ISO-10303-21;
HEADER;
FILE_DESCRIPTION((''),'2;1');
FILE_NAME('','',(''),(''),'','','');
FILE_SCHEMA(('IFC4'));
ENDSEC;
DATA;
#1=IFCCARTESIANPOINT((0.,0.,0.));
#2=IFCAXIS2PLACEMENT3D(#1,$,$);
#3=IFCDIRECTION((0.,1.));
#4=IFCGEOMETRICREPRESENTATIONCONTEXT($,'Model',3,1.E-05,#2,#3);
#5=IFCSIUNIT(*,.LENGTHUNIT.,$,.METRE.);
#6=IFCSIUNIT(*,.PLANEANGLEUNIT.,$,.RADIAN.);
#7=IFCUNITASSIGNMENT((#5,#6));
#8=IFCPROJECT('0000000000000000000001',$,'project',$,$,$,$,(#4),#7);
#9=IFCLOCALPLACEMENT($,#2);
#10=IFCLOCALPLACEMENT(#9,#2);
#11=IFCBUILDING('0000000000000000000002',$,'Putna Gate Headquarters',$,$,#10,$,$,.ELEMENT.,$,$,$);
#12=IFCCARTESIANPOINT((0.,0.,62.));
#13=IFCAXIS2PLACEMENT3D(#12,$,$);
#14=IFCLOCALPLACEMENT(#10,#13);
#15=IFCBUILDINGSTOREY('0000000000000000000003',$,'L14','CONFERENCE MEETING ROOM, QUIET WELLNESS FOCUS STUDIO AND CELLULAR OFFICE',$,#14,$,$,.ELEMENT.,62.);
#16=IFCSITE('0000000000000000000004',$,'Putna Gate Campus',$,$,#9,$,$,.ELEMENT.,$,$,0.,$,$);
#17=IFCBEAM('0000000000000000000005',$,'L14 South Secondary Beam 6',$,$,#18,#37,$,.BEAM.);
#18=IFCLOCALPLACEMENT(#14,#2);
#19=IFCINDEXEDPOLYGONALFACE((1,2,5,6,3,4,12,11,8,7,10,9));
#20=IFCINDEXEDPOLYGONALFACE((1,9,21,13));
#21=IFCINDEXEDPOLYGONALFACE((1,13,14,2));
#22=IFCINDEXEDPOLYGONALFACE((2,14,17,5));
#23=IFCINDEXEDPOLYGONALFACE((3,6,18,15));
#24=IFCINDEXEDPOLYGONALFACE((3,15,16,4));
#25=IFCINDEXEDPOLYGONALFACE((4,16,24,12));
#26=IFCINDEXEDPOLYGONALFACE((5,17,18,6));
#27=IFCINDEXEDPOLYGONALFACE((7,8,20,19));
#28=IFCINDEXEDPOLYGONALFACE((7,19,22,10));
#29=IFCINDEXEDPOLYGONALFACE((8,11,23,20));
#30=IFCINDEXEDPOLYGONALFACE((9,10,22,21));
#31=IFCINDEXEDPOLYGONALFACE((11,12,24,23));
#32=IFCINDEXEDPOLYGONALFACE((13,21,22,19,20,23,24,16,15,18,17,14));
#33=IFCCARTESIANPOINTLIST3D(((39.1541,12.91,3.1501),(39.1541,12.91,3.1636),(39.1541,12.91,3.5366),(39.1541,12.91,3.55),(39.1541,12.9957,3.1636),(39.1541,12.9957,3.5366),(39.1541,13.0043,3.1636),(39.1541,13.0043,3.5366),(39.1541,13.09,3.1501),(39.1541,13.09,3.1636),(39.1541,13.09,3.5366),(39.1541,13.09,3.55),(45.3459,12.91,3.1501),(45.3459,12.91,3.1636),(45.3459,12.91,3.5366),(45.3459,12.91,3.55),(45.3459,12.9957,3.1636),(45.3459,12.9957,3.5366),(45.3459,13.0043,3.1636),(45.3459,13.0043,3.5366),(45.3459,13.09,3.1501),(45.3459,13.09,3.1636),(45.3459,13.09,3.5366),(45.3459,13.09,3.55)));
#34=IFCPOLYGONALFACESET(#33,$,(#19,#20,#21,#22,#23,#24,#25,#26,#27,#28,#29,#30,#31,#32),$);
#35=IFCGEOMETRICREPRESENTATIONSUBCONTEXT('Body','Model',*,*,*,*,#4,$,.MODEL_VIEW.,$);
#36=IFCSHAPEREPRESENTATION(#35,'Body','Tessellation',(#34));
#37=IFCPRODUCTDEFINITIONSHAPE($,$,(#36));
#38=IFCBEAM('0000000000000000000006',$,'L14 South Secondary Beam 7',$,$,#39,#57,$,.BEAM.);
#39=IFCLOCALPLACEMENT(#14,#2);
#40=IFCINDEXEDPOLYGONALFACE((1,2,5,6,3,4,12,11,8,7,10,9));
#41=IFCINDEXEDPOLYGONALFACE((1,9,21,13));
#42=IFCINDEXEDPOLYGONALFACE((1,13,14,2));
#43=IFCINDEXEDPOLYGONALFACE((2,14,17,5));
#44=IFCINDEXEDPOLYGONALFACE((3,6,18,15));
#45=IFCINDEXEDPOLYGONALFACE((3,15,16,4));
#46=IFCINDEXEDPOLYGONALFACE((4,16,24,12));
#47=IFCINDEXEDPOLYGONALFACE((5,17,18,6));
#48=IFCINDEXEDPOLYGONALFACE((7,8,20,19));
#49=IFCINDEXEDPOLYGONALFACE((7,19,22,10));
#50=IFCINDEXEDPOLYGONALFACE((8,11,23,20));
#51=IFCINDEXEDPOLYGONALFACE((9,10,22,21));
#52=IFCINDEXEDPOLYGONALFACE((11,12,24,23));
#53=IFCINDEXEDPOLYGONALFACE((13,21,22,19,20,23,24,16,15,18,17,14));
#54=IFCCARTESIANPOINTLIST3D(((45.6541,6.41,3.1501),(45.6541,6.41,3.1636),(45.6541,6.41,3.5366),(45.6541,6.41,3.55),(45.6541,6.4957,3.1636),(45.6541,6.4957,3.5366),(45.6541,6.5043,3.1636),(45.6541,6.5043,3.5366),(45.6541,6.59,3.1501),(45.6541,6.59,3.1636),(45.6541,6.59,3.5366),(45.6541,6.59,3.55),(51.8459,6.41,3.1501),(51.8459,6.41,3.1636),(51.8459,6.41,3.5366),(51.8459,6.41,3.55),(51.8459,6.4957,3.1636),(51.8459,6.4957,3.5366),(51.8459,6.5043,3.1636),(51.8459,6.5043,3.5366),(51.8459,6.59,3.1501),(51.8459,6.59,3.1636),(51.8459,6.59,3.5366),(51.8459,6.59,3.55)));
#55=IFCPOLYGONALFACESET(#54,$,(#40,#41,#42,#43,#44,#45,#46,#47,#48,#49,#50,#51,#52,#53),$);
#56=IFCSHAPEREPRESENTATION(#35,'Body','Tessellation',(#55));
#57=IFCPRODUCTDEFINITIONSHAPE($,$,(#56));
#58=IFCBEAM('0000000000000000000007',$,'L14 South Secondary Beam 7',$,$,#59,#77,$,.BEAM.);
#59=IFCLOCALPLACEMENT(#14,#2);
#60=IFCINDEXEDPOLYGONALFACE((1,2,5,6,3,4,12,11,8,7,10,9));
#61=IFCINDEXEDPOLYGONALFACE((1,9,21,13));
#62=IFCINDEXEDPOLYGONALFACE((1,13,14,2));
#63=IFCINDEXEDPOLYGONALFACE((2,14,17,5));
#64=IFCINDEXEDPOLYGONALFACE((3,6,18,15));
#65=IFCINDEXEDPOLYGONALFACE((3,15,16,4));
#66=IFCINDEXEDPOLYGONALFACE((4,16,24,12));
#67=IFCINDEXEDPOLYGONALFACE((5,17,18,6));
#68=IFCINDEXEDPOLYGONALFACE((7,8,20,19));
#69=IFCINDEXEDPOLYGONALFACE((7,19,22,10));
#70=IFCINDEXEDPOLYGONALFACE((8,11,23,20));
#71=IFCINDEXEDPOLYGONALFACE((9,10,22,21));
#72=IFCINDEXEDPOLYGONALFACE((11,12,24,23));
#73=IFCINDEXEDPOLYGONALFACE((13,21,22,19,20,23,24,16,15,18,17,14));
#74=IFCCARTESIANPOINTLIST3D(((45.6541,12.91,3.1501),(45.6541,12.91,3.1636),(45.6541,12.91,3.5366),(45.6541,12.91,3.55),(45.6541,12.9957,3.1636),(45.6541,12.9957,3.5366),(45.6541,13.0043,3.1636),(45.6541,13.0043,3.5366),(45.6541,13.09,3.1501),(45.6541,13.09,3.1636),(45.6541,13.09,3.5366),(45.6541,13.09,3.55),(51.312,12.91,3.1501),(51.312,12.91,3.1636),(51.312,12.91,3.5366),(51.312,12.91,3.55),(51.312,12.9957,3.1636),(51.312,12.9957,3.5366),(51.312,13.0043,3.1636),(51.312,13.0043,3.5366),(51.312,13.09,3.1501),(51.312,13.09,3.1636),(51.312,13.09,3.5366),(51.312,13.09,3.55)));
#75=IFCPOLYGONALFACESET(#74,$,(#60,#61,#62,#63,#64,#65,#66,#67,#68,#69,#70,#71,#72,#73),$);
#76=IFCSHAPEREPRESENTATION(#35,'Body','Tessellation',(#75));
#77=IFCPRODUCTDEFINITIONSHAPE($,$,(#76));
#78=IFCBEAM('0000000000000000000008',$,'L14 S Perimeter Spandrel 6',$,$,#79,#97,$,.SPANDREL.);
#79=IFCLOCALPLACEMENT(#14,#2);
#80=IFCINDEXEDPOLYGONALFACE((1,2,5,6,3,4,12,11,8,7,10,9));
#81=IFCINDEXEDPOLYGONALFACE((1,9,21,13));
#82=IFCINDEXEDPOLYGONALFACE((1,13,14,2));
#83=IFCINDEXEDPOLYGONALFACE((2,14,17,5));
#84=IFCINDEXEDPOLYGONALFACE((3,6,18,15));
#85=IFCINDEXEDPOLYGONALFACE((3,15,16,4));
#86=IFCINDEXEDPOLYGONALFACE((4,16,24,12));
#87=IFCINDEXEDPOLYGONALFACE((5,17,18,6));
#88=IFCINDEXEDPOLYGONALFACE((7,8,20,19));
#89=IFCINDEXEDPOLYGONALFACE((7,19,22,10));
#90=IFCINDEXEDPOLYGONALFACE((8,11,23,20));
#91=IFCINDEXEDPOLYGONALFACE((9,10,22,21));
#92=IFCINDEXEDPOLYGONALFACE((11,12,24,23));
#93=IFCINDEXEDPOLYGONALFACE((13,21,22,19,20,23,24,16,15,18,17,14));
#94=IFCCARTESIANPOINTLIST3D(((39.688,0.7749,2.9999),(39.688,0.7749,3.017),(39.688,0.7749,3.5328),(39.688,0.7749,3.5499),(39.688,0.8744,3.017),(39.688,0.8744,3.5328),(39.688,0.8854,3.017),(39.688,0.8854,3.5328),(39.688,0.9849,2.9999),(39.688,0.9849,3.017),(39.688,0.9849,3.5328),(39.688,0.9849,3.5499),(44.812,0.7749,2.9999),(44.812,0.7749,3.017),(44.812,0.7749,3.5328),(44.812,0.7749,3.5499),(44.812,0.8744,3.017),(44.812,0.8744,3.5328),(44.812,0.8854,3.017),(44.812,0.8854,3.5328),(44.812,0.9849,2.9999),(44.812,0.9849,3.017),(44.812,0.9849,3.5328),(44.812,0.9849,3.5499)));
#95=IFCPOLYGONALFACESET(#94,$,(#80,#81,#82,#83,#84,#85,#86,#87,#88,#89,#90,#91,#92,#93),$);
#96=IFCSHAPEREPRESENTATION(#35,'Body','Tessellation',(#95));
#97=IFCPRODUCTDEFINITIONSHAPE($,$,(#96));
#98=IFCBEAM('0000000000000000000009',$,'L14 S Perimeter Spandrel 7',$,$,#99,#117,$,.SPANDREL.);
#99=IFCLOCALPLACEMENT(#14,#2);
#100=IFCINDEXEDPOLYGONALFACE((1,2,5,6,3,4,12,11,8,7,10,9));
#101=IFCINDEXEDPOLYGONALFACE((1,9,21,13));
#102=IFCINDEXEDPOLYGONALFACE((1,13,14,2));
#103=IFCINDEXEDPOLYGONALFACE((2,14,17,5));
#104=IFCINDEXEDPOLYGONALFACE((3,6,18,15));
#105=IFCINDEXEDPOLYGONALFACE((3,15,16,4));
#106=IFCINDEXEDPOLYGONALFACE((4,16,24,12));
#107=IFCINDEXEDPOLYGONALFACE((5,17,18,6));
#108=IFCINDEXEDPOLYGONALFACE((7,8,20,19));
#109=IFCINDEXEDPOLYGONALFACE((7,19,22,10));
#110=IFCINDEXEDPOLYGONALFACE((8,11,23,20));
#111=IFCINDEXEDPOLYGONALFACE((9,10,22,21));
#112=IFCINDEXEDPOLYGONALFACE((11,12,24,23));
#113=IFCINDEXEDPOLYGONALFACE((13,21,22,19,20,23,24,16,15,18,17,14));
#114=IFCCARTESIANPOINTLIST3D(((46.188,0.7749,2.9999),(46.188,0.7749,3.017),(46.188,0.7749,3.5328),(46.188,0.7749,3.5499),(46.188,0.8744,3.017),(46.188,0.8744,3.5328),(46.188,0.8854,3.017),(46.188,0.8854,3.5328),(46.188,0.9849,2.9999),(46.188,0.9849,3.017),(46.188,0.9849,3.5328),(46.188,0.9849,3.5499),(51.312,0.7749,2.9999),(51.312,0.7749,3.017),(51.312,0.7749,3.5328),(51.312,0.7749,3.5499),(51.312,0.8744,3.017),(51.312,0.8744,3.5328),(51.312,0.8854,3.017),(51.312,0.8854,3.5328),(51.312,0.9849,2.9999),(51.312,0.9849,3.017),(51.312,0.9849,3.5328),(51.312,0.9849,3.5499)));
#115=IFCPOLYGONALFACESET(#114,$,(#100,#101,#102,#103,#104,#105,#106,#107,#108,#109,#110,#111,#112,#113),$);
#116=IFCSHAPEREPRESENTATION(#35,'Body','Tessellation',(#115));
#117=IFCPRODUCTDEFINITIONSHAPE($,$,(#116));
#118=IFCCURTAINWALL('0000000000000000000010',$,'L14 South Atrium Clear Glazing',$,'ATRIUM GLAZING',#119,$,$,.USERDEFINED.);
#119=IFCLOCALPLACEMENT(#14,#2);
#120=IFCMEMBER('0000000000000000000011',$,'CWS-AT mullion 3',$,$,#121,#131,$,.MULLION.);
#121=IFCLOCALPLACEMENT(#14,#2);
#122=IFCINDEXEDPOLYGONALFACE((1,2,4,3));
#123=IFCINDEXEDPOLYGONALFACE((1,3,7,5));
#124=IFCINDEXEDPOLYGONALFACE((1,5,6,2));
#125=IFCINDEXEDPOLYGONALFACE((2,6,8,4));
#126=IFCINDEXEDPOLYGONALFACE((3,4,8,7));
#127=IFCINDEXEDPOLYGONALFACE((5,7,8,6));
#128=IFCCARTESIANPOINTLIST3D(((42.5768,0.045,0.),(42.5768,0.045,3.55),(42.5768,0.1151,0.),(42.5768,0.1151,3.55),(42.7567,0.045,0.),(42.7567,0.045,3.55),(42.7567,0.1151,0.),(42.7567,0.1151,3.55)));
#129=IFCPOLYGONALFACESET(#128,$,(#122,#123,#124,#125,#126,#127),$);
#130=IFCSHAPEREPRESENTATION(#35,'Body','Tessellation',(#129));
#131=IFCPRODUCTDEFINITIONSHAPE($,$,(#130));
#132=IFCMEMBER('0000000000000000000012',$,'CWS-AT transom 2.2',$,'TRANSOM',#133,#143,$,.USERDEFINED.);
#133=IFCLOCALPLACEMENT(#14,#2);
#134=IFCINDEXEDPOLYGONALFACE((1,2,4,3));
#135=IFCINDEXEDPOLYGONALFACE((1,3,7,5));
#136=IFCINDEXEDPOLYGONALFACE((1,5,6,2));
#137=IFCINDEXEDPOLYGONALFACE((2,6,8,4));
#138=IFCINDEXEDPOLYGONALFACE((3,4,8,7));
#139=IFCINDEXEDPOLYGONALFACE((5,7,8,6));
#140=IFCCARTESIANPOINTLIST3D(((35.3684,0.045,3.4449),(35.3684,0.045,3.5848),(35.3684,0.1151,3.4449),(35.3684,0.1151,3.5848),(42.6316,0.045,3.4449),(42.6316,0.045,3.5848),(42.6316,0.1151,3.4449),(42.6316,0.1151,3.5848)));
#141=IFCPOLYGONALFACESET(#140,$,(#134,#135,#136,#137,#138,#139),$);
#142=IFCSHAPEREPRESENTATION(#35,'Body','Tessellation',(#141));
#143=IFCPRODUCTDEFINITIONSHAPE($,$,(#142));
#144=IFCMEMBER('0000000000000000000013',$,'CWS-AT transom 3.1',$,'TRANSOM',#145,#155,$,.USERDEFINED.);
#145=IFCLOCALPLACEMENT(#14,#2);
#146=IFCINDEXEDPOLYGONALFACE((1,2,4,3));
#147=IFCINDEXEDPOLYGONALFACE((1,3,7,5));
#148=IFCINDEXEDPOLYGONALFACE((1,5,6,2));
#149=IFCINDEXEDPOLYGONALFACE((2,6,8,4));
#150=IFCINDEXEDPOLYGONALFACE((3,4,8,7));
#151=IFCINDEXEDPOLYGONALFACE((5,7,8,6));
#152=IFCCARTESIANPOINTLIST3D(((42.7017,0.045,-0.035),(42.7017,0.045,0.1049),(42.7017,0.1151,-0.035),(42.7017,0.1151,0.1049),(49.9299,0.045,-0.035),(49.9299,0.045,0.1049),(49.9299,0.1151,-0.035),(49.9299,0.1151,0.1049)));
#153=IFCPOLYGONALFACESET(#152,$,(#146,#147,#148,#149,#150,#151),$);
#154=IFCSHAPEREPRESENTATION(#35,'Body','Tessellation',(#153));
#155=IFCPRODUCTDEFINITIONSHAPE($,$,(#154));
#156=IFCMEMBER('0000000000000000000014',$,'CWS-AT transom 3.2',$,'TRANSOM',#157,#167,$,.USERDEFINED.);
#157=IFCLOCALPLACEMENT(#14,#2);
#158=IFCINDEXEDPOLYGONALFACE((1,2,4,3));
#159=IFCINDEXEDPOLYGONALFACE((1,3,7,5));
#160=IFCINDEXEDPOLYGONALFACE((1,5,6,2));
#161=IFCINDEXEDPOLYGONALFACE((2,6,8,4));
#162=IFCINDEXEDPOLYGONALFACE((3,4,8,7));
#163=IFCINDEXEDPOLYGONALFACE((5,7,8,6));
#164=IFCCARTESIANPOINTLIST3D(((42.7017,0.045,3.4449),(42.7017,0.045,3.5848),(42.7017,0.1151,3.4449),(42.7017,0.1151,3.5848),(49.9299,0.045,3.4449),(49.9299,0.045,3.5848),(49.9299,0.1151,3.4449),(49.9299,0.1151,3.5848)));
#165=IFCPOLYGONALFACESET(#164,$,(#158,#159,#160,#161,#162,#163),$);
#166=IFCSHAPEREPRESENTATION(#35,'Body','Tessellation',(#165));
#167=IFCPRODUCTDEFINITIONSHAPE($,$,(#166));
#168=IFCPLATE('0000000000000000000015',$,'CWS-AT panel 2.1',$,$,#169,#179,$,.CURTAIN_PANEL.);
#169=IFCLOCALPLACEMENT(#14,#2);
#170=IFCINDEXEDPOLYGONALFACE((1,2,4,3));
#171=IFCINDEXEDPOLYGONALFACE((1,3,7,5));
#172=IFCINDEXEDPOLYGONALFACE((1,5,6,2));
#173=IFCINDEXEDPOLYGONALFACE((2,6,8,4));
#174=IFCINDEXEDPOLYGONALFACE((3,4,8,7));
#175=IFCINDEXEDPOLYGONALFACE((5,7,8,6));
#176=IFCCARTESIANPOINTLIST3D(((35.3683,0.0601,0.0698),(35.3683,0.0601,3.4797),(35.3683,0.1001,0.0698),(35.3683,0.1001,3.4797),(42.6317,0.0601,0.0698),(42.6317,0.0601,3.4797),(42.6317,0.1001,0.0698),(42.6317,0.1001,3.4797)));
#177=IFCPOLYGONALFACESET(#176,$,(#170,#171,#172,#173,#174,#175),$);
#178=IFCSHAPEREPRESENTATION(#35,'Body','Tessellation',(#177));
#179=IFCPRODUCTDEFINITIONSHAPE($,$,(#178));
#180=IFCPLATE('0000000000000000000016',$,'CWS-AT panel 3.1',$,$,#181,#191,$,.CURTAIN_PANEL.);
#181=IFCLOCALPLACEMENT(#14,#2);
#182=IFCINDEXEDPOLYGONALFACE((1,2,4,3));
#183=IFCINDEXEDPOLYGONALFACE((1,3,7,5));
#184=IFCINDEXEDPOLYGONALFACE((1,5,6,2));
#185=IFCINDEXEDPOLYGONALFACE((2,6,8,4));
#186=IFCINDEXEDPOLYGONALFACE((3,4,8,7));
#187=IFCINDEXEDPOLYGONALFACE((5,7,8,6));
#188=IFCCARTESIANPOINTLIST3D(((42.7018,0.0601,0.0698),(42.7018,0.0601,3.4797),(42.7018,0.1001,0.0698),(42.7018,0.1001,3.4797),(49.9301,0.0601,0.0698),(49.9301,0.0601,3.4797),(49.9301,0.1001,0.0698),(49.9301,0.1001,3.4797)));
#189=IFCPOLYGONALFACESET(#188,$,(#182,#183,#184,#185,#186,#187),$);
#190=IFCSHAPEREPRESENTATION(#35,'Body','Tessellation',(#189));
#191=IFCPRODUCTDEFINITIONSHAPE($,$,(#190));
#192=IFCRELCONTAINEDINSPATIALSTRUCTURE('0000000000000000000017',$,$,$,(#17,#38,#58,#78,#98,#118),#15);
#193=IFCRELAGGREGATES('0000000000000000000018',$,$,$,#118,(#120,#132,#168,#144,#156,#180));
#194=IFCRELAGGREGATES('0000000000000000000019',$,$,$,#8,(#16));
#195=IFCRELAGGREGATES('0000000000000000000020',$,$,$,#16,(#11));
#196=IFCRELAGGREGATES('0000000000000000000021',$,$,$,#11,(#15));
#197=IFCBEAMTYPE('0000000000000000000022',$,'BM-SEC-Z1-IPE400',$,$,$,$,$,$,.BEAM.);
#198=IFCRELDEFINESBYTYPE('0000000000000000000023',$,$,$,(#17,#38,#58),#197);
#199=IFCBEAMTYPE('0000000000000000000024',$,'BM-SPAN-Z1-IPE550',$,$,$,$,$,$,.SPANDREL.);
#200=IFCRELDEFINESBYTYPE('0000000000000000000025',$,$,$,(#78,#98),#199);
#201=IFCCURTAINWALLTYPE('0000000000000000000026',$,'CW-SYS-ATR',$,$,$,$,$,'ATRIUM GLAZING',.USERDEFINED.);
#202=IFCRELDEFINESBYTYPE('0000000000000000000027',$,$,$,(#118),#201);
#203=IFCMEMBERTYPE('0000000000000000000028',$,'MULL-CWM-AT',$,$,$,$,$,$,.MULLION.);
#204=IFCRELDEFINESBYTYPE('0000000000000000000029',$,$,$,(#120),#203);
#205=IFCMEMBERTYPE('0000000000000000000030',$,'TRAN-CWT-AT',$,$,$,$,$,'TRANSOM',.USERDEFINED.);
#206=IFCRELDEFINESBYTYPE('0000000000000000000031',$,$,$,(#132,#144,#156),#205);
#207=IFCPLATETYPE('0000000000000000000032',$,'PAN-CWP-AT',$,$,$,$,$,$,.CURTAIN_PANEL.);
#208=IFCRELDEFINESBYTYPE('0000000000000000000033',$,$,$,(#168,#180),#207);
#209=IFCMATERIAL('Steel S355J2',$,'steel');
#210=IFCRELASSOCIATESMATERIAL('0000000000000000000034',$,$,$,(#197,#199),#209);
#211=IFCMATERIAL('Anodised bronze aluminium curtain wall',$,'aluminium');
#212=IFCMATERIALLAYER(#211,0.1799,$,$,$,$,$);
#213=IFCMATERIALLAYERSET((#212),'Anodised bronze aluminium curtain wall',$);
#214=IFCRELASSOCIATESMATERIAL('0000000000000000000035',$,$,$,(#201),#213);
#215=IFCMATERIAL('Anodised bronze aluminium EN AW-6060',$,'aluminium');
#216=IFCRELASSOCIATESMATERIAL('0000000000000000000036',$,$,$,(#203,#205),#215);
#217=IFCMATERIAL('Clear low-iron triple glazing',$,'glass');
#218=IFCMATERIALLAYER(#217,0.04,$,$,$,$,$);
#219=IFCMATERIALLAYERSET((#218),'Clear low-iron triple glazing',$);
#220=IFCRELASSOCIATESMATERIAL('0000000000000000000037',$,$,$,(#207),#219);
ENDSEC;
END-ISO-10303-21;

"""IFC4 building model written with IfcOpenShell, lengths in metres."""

from ifc_helpers import new_model, si_unit, direction, frame, origin, origin_2d, place, context, subcontext, project, spatial, rectangle, i_section, extrude, material, layer, layer_set, material_profile, profile_set, type_object, element, aggregate, save


model = new_model("IFC4")

# Units and contexts
model_context = context("Model", 3, precision=1e-05, world=origin(), true_north=direction((0.0, 1.0)))
body_context = subcontext(model_context, "Body", "Model", "MODEL_VIEW")
ifc_project = project(units=[si_unit("LENGTHUNIT", "METRE"), si_unit("PLANEANGLEUNIT", "RADIAN")], contexts=[model_context])

# Site, building, storey
site_placement = place(None, origin())
site = spatial("IfcSite", under=ifc_project, at=site_placement, Name="Putna Gate Campus", CompositionType="ELEMENT", RefElevation=0.0)
building_placement = place(site_placement, origin())
building = spatial("IfcBuilding", under=site, at=building_placement, Name="Putna Gate Headquarters", CompositionType="ELEMENT")
storey_placement = place(building_placement, frame((0.0, 0.0, 62.0)))
storey = spatial("IfcBuildingStorey", under=building, at=storey_placement, Name="L14", Description="CONFERENCE MEETING ROOM, QUIET WELLNESS FOCUS STUDIO AND CELLULAR OFFICE", CompositionType="ELEMENT", Elevation=62.0)

# Beams
ifc_material_1 = material(Name="Steel S355J2", Category="steel")
ifc_material_profile_1 = material_profile(ifc_material_1, i_section(OverallWidth=0.1799, OverallDepth=0.3999, WebThickness=0.0085, FlangeThickness=0.0134, at=origin_2d()), Name="Steel S355J2")
ifc_profile_set_1 = profile_set([ifc_material_profile_1], Name="Steel S355J2")
beam_type_1 = type_object("IfcBeamType", Name="BM-SEC-Z1-IPE400", PredefinedType="BEAM", material=ifc_profile_set_1)
for number, where, z_axis, x_axis, name in (
    (1, (39.1541, 13.0, 3.3501), (1.0, 0.0, 0.0), (0.0, 1.0, 0.0), "L14 South Secondary Beam 6"),
    (2, (45.6541, 6.5, 3.3501), (1.0, 0.0, 0.0), (0.0, 1.0, 0.0), "L14 South Secondary Beam 7"),
):
    element("IfcBeam", number, at=place(storey_placement, frame(where, z_axis=z_axis, x_axis=x_axis)), inside=storey, type_object=beam_type_1, Name=name, PredefinedType="BEAM", context=body_context, shape_type="SweptSolid", body=[
        extrude(i_section(OverallWidth=0.1799, OverallDepth=0.3999, WebThickness=0.0085, FlangeThickness=0.0134, at=origin_2d()), origin(), (0.0, 0.0, 1.0), 6.1919),
    ])
beam_1_placement = place(storey_placement, frame((45.6541, 13.0, 3.3501), z_axis=(1.0, 0.0, 0.0), x_axis=(0.0, 1.0, 0.0)))
element("IfcBeam", 3, at=beam_1_placement, inside=storey, type_object=beam_type_1, Name="L14 South Secondary Beam 7", PredefinedType="BEAM", context=body_context, shape_type="SweptSolid", body=[
    extrude(i_section(OverallWidth=0.1799, OverallDepth=0.3999, WebThickness=0.0085, FlangeThickness=0.0134, at=origin_2d()), origin(), (0.0, 0.0, 1.0), 5.658),
])
ifc_material_profile_2 = material_profile(ifc_material_1, i_section(OverallWidth=0.21, OverallDepth=0.55, WebThickness=0.011, FlangeThickness=0.0171, at=origin_2d()), Name="Steel S355J2")
ifc_profile_set_2 = profile_set([ifc_material_profile_2], Name="Steel S355J2")
beam_type_2 = type_object("IfcBeamType", Name="BM-SPAN-Z1-IPE550", PredefinedType="SPANDREL", material=ifc_profile_set_2)
for number, where, z_axis, x_axis, name in (
    (4, (39.688, 0.8799, 3.2749), (1.0, 0.0, 0.0), (0.0, 1.0, 0.0), "L14 S Perimeter Spandrel 6"),
    (5, (46.188, 0.8799, 3.2749), (1.0, 0.0, 0.0), (0.0, 1.0, 0.0), "L14 S Perimeter Spandrel 7"),
):
    element("IfcBeam", number, at=place(storey_placement, frame(where, z_axis=z_axis, x_axis=x_axis)), inside=storey, type_object=beam_type_2, Name=name, PredefinedType="SPANDREL", context=body_context, shape_type="SweptSolid", body=[
        extrude(i_section(OverallWidth=0.21, OverallDepth=0.55, WebThickness=0.011, FlangeThickness=0.0171, at=origin_2d()), origin(), (0.0, 0.0, 1.0), 5.124),
    ])

# Curtain wall, members, plates
ifc_material_2 = material(Name="Anodised bronze aluminium curtain wall", Category="aluminium")
ifc_layer_1 = layer(ifc_material_2, 0.1799)
ifc_layer_set_1 = layer_set([ifc_layer_1], Name="Anodised bronze aluminium curtain wall")
curtain_wall_type = type_object("IfcCurtainWallType", Name="CW-SYS-ATR", ElementType="ATRIUM GLAZING", PredefinedType="USERDEFINED", material=ifc_layer_set_1)
curtain_wall_placement = place(storey_placement, origin())
curtain_wall = element("IfcCurtainWall", 6, at=curtain_wall_placement, inside=storey, type_object=curtain_wall_type, Name="L14 South Atrium Clear Glazing", ObjectType="ATRIUM GLAZING", PredefinedType="USERDEFINED")
ifc_material_3 = material(Name="Anodised bronze aluminium EN AW-6060", Category="aluminium")
ifc_material_profile_3 = material_profile(ifc_material_3, rectangle(XDim=0.0701, YDim=0.1799, at=origin_2d()), Name="Anodised bronze aluminium EN AW-6060")
ifc_profile_set_3 = profile_set([ifc_material_profile_3], Name="Anodised bronze aluminium EN AW-6060")
member_type_1 = type_object("IfcMemberType", Name="MULL-CWM-AT", PredefinedType="MULLION", material=ifc_profile_set_3)
member_1_placement = place(storey_placement, frame((42.6667, 0.0801, 0.0), z_axis=(0.0, 0.0, 1.0), x_axis=(0.0, 1.0, 0.0)))
member_1 = element("IfcMember", 7, at=member_1_placement, type_object=member_type_1, Name="CWS-AT mullion 3", PredefinedType="MULLION", context=body_context, shape_type="SweptSolid", body=[
    extrude(rectangle(XDim=0.0701, YDim=0.1799, at=origin_2d()), origin(), (0.0, 0.0, 1.0), 3.55),
])
ifc_material_profile_4 = material_profile(ifc_material_3, rectangle(XDim=0.0701, YDim=0.1399, at=origin_2d()), Name="Anodised bronze aluminium EN AW-6060")
ifc_profile_set_4 = profile_set([ifc_material_profile_4], Name="Anodised bronze aluminium EN AW-6060")
member_type_2 = type_object("IfcMemberType", Name="TRAN-CWT-AT", ElementType="TRANSOM", PredefinedType="USERDEFINED", material=ifc_profile_set_4)
member_2_placement = place(storey_placement, frame((35.3684, 0.0801, 3.5149), z_axis=(1.0, 0.0, 0.0), x_axis=(0.0, 1.0, 0.0)))
member_2 = element("IfcMember", 8, at=member_2_placement, type_object=member_type_2, Name="CWS-AT transom 2.2", ObjectType="TRANSOM", PredefinedType="USERDEFINED", context=body_context, shape_type="SweptSolid", body=[
    extrude(rectangle(XDim=0.0701, YDim=0.1399, at=origin_2d()), origin(), (0.0, 0.0, 1.0), 7.2632),
])
member_3_placement = place(storey_placement, frame((42.7017, 0.0801, 0.0349), z_axis=(1.0, 0.0, 0.0), x_axis=(0.0, 1.0, 0.0)))
member_3 = element("IfcMember", 9, at=member_3_placement, type_object=member_type_2, Name="CWS-AT transom 3.1", ObjectType="TRANSOM", PredefinedType="USERDEFINED", context=body_context, shape_type="SweptSolid", body=[
    extrude(rectangle(XDim=0.0701, YDim=0.1399, at=origin_2d()), origin(), (0.0, 0.0, 1.0), 7.2283),
])
member_4_placement = place(storey_placement, frame((42.7017, 0.0801, 3.5149), z_axis=(1.0, 0.0, 0.0), x_axis=(0.0, 1.0, 0.0)))
member_4 = element("IfcMember", 10, at=member_4_placement, type_object=member_type_2, Name="CWS-AT transom 3.2", ObjectType="TRANSOM", PredefinedType="USERDEFINED", context=body_context, shape_type="SweptSolid", body=[
    extrude(rectangle(XDim=0.0701, YDim=0.1399, at=origin_2d()), origin(), (0.0, 0.0, 1.0), 7.2283),
])
ifc_material_4 = material(Name="Clear low-iron triple glazing", Category="glass")
ifc_layer_2 = layer(ifc_material_4, 0.04)
ifc_layer_set_2 = layer_set([ifc_layer_2], Name="Clear low-iron triple glazing")
plate_type = type_object("IfcPlateType", Name="PAN-CWP-AT", PredefinedType="CURTAIN_PANEL", material=ifc_layer_set_2)
plate_1_placement = place(storey_placement, frame((39.0, 0.0801, 0.0698), z_axis=(0.0, 0.0, 1.0), x_axis=(1.0, 0.0, 0.0)))
plate_1 = element("IfcPlate", 11, at=plate_1_placement, type_object=plate_type, Name="CWS-AT panel 2.1", PredefinedType="CURTAIN_PANEL", context=body_context, shape_type="SweptSolid", body=[
    extrude(rectangle(XDim=7.2634, YDim=0.04, at=origin_2d()), origin(), (0.0, 0.0, 1.0), 3.4099),
])
plate_2_placement = place(storey_placement, frame((46.3159, 0.0801, 0.0698), z_axis=(0.0, 0.0, 1.0), x_axis=(1.0, 0.0, 0.0)))
plate_2 = element("IfcPlate", 12, at=plate_2_placement, type_object=plate_type, Name="CWS-AT panel 3.1", PredefinedType="CURTAIN_PANEL", context=body_context, shape_type="SweptSolid", body=[
    extrude(rectangle(XDim=7.2283, YDim=0.04, at=origin_2d()), origin(), (0.0, 0.0, 1.0), 3.4099),
])
aggregate(curtain_wall, [member_1, member_2, plate_1, member_3, member_4, plate_2])

save(model, "model.ifc")
